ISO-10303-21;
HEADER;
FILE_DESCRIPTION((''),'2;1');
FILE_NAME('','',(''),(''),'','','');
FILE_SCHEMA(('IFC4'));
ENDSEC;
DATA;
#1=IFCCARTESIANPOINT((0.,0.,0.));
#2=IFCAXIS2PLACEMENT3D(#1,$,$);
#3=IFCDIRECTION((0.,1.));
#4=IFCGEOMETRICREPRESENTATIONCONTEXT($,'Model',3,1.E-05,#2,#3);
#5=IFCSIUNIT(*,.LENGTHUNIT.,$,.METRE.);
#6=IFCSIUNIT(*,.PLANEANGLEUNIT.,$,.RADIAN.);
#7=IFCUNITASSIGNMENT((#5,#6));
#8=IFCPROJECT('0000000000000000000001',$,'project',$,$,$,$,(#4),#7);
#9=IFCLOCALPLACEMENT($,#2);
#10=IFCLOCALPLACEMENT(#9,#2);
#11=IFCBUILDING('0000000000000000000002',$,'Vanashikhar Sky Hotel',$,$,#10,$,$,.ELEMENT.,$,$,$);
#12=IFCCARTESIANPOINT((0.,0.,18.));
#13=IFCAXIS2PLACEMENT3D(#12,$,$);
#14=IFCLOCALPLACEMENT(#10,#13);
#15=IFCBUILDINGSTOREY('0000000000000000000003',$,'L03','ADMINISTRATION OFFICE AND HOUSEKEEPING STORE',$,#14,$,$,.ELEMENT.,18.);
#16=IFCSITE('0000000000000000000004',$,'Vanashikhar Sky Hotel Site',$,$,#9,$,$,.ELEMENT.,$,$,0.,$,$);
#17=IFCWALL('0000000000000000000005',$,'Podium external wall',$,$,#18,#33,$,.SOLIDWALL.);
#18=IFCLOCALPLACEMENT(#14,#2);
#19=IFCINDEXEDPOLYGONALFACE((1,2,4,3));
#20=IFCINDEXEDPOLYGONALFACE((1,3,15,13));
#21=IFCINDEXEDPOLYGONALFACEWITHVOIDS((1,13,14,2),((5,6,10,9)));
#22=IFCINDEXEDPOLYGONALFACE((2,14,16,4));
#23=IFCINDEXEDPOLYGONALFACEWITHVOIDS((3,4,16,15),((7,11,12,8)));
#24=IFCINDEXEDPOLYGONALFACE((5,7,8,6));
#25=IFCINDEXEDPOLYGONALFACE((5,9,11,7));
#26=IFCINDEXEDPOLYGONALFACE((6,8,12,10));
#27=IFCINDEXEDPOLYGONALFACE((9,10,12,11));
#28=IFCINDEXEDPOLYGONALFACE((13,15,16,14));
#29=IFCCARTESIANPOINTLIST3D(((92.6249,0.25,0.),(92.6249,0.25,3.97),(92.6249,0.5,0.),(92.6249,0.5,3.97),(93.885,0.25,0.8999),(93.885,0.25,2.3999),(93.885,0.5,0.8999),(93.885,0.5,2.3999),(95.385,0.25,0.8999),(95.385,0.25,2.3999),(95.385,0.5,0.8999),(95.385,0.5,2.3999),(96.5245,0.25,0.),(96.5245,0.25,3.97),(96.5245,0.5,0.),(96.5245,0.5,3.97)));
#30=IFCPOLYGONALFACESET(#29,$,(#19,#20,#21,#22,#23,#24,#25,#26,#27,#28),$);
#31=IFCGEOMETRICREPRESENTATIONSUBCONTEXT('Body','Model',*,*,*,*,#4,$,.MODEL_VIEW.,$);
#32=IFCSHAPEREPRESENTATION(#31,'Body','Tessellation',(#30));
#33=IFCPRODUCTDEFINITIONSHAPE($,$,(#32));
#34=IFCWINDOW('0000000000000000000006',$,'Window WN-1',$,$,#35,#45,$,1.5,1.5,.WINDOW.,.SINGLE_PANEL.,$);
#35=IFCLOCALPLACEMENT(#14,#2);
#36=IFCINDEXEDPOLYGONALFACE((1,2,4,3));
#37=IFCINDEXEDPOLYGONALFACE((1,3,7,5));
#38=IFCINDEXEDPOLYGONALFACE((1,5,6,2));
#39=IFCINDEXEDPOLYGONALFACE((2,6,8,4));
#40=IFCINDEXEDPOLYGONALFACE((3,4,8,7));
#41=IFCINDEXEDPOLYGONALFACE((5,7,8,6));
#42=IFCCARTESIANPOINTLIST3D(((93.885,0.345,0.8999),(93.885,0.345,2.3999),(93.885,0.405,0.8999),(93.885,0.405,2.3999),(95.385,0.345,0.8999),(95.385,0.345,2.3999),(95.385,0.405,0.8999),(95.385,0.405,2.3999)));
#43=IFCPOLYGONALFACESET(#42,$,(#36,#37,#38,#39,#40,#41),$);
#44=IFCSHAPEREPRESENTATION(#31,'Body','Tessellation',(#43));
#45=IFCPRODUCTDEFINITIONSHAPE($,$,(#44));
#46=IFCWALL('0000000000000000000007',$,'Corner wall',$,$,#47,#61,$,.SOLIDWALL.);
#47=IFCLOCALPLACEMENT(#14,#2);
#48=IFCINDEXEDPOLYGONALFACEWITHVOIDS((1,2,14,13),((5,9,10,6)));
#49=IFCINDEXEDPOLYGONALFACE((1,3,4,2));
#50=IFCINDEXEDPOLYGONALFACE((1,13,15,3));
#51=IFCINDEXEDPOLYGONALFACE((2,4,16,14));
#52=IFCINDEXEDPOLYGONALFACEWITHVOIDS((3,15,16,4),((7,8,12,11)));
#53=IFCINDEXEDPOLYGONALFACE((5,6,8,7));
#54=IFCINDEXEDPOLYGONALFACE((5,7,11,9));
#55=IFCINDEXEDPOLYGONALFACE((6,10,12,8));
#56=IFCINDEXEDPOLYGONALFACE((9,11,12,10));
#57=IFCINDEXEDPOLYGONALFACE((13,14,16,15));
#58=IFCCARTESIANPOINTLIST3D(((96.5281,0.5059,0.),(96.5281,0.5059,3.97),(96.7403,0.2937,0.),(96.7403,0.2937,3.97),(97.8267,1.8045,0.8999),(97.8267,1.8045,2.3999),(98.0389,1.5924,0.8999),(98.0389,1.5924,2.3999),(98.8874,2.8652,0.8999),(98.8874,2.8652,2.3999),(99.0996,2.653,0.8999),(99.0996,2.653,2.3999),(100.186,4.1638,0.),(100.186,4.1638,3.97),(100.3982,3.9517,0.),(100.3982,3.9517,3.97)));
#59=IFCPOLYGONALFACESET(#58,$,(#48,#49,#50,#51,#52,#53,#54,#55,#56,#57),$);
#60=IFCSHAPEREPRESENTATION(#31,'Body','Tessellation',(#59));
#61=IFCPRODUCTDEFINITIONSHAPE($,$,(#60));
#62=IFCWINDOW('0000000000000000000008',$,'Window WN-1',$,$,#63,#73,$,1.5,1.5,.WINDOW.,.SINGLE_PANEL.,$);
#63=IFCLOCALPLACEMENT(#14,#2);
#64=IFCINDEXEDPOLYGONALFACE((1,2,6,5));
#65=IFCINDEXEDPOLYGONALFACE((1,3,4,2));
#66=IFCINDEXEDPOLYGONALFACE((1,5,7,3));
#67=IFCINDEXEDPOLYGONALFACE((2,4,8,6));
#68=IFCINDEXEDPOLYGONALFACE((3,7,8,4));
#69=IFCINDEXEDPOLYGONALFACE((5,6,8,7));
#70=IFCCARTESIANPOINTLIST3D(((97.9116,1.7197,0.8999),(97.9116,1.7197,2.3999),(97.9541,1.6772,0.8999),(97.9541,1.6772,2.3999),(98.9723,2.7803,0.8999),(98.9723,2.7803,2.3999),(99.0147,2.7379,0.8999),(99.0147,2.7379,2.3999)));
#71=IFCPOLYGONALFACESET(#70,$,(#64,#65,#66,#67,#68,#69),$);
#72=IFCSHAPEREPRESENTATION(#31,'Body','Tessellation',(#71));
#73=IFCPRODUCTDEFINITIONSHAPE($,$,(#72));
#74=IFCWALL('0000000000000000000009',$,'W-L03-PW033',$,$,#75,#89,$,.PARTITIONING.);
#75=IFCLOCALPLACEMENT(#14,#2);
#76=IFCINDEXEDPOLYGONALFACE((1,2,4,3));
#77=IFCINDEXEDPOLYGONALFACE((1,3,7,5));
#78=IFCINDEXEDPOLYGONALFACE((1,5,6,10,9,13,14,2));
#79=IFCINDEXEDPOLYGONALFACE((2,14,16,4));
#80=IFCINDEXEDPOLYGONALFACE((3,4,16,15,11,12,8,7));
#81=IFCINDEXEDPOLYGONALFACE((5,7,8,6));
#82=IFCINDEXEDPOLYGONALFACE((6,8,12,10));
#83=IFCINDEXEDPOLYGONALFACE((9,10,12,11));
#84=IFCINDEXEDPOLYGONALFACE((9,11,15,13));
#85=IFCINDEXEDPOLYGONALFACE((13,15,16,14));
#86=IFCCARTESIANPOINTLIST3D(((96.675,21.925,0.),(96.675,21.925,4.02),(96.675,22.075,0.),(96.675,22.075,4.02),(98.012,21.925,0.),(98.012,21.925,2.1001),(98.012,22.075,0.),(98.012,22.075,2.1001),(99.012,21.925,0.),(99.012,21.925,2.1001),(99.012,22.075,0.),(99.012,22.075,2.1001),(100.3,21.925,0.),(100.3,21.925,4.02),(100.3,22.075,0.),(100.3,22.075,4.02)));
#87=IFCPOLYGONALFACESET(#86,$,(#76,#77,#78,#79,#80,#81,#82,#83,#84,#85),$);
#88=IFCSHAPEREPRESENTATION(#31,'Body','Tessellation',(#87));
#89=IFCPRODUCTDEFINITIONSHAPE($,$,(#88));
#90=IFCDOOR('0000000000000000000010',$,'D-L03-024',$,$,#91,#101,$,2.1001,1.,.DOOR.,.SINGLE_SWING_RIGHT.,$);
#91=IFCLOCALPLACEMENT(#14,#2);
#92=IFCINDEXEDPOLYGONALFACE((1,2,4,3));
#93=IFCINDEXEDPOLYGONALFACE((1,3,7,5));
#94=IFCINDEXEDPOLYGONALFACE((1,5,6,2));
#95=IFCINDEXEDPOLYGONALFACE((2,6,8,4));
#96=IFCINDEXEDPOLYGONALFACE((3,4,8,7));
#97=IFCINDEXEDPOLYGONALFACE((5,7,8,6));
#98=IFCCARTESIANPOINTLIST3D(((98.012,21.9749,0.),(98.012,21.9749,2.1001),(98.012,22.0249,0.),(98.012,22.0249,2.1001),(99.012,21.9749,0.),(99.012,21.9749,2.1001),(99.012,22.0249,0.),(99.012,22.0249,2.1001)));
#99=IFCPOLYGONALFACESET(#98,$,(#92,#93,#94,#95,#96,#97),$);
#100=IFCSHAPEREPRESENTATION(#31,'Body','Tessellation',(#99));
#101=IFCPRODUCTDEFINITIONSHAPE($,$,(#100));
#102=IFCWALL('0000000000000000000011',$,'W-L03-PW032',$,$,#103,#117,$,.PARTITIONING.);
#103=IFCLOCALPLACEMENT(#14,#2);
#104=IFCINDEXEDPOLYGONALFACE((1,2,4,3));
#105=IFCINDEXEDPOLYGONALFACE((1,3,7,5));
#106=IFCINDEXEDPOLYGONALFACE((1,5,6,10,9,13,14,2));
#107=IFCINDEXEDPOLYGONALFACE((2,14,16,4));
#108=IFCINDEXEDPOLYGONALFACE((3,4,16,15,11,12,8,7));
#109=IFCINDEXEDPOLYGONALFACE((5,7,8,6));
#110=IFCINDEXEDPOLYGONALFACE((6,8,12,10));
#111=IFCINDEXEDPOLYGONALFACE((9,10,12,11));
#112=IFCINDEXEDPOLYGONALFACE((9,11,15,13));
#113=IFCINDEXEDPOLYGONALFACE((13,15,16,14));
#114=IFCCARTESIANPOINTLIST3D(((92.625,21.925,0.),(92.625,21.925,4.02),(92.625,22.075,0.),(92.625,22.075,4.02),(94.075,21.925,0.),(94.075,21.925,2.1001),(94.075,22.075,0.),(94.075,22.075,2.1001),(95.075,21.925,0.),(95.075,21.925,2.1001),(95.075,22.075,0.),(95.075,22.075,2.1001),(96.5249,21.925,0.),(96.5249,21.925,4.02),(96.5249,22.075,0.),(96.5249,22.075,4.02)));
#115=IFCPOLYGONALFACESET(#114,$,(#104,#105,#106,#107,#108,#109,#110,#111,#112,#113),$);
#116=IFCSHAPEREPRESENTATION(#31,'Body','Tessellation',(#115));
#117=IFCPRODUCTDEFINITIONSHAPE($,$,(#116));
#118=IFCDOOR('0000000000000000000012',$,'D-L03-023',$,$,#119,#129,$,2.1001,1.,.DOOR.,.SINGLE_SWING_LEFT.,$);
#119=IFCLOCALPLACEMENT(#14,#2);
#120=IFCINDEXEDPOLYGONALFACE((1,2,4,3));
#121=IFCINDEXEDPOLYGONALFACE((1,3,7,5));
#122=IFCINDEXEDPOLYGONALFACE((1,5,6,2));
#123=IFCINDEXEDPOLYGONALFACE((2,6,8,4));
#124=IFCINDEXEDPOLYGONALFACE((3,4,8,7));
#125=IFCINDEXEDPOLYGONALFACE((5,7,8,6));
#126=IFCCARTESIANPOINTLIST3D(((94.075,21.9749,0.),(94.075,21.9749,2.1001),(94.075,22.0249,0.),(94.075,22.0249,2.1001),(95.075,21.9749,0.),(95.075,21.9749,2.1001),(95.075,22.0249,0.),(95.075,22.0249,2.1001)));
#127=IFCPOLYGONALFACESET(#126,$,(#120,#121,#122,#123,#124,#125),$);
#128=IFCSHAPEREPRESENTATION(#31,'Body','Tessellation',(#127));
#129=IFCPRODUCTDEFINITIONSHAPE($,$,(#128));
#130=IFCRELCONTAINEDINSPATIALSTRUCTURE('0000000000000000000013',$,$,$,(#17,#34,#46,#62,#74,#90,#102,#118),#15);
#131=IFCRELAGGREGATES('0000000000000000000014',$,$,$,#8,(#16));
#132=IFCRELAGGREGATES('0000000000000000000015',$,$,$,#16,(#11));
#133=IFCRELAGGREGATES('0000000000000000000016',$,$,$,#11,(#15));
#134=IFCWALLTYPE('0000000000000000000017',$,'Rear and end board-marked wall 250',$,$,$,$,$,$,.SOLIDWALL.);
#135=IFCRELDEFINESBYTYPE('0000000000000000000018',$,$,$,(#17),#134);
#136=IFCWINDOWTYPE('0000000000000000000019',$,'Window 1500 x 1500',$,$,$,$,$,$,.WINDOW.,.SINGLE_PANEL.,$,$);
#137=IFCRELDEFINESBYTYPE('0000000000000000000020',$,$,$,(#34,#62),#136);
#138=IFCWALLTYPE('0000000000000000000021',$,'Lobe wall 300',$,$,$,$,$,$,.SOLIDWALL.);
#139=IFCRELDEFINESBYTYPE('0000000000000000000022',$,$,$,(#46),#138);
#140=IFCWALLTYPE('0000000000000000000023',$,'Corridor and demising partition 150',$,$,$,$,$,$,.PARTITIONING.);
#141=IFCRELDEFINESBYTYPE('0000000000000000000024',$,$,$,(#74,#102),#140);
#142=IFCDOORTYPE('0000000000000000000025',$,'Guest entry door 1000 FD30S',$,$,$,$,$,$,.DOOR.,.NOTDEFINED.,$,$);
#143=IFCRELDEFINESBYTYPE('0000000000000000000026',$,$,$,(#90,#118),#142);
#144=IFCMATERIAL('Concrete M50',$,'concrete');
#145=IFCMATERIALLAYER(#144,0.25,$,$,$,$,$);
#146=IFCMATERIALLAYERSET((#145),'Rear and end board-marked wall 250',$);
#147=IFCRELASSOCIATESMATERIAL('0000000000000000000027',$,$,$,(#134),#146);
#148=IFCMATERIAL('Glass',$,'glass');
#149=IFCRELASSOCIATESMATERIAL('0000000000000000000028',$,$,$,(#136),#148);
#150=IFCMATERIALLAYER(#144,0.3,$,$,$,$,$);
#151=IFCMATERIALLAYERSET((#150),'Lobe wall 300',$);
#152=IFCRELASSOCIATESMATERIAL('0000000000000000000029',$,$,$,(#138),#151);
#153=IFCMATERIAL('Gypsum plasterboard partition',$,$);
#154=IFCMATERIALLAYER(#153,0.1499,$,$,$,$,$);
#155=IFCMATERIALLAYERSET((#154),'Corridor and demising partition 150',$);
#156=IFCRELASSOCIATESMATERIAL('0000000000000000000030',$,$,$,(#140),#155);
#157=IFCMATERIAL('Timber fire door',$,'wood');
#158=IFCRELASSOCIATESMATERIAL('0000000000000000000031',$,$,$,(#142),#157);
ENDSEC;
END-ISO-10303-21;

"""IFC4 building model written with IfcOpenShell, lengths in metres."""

from ifc_helpers import new_model, si_unit, direction, frame, frame_2d, origin, place, context, subcontext, project, spatial, rectangle, extrude, source, transform, mapped, material, layer, layer_set, type_object, element, fill, save


model = new_model("IFC4")

# Units and contexts
model_context = context("Model", 3, precision=1e-05, world=origin(), true_north=direction((0.0, 1.0)))
body_context = subcontext(model_context, "Body", "Model", "MODEL_VIEW")
ifc_project = project(units=[si_unit("LENGTHUNIT", "METRE"), si_unit("PLANEANGLEUNIT", "RADIAN")], contexts=[model_context])

# Site, building, storey
site_placement = place(None, origin())
site = spatial("IfcSite", under=ifc_project, at=site_placement, Name="Vanashikhar Sky Hotel Site", CompositionType="ELEMENT", RefElevation=0.0)
building_placement = place(site_placement, origin())
building = spatial("IfcBuilding", under=site, at=building_placement, Name="Vanashikhar Sky Hotel", CompositionType="ELEMENT")
storey_placement = place(building_placement, frame((0.0, 0.0, 18.0)))
storey = spatial("IfcBuildingStorey", under=building, at=storey_placement, Name="L03", Description="ADMINISTRATION OFFICE AND HOUSEKEEPING STORE", CompositionType="ELEMENT", Elevation=18.0)

# Shared definitions
ifc_material_1 = material(Name="Concrete M50", Category="concrete")

# Walls, openings, windows
ifc_layer_1 = layer(ifc_material_1, 0.25)
ifc_layer_set_1 = layer_set([ifc_layer_1], Name="Rear and end board-marked wall 250")
wall_type_1 = type_object("IfcWallType", Name="Rear and end board-marked wall 250", PredefinedType="SOLIDWALL", material=ifc_layer_set_1)
shared_shape_1 = source(origin(), body_context, "Body", "SweptSolid", [
    extrude(rectangle(XDim=1.5, YDim=1.5, at=frame_2d((0.75, 0.75))), frame((0.0, 0.135, 0.0), z_axis=(0.0, -1.0, 0.0), x_axis=(1.0, 0.0, 0.0)), (0.0, 0.0, 1.0), 0.27),
])
ifc_material_2 = material(Name="Glass", Category="glass")
window_type = type_object("IfcWindowType", Name="Window 1500 x 1500", PartitioningType="SINGLE_PANEL", PredefinedType="WINDOW", material=ifc_material_2)
shared_shape_2 = source(origin(), body_context, "Body", "SweptSolid", [
    extrude(rectangle(XDim=1.5, YDim=1.5, at=frame_2d((0.75, 0.75))), frame((0.0, 0.03, 0.0), z_axis=(0.0, -1.0, 0.0), x_axis=(1.0, 0.0, 0.0)), (0.0, 0.0, 1.0), 0.0601),
])
shared_shape_3 = source(origin(), body_context, "Body", "SweptSolid", [
    extrude(rectangle(XDim=3.8997, YDim=0.25, at=frame_2d((1.9497, 0.0))), origin(), (0.0, 0.0, 1.0), 3.97),
])
wall_1_placement = place(storey_placement, frame((92.625, 0.375, 0.0), z_axis=(0.0, 0.0, 1.0), x_axis=(1.0, 0.0, 0.0)))
wall_1 = element("IfcWall", 1, at=wall_1_placement, inside=storey, type_object=wall_type_1, Name="Podium external wall", PredefinedType="SOLIDWALL", context=body_context, shape_type="MappedRepresentation", body=[
    mapped(shared_shape_3, transform((0.0, 0.0, 0.0), scale=1.0)),
])
opening_1_placement = place(wall_1_placement, frame((1.26, 0.0, 0.8999)))
opening_1 = element("IfcOpeningElement", 2, at=opening_1_placement, cuts=wall_1, PredefinedType="OPENING", context=body_context, shape_type="MappedRepresentation", body=[
    mapped(shared_shape_1, transform((0.0, 0.0, 0.0), scale=1.0)),
])
window_1_placement = place(opening_1_placement, origin())
window_1 = element("IfcWindow", 3, at=window_1_placement, inside=storey, type_object=window_type, Name="Window WN-1", OverallHeight=1.5, OverallWidth=1.5, PartitioningType="SINGLE_PANEL", PredefinedType="WINDOW", context=body_context, shape_type="MappedRepresentation", body=[
    mapped(shared_shape_2, transform((0.0, 0.0, 0.0), scale=1.0)),
])
fill(opening_1, window_1)
ifc_layer_2 = layer(ifc_material_1, 0.3)
ifc_layer_set_2 = layer_set([ifc_layer_2], Name="Lobe wall 300")
wall_type_2 = type_object("IfcWallType", Name="Lobe wall 300", PredefinedType="SOLIDWALL", material=ifc_layer_set_2)
shared_shape_4 = source(origin(), body_context, "Body", "SweptSolid", [
    extrude(rectangle(XDim=5.1731, YDim=0.3, at=frame_2d((2.5864, 0.0))), origin(), (0.0, 0.0, 1.0), 3.97),
])
wall_2_placement = place(storey_placement, frame((96.6343, 0.3999, 0.0), z_axis=(0.0, 0.0, 1.0), x_axis=(0.707107, 0.707107, 0.0)))
wall_2 = element("IfcWall", 4, at=wall_2_placement, inside=storey, type_object=wall_type_2, Name="Corner wall", PredefinedType="SOLIDWALL", context=body_context, shape_type="MappedRepresentation", body=[
    mapped(shared_shape_4, transform((0.0, 0.0, 0.0), scale=1.0)),
])
shared_shape_5 = source(origin(), body_context, "Body", "SweptSolid", [
    extrude(rectangle(XDim=1.5, YDim=1.5, at=frame_2d((0.75, 0.75))), frame((0.0, 0.1602, 0.0), z_axis=(0.0, -1.0, 0.0), x_axis=(1.0, 0.0, 0.0)), (0.0, 0.0, 1.0), 0.3201),
])
opening_2_placement = place(wall_2_placement, frame((1.8364, 0.0, 0.8999)))
opening_2 = element("IfcOpeningElement", 5, at=opening_2_placement, cuts=wall_2, PredefinedType="OPENING", context=body_context, shape_type="MappedRepresentation", body=[
    mapped(shared_shape_5, transform((0.0, 0.0, 0.0), scale=1.0)),
])
window_2_placement = place(opening_2_placement, origin())
window_2 = element("IfcWindow", 6, at=window_2_placement, inside=storey, type_object=window_type, Name="Window WN-1", OverallHeight=1.5, OverallWidth=1.5, PartitioningType="SINGLE_PANEL", PredefinedType="WINDOW", context=body_context, shape_type="MappedRepresentation", body=[
    mapped(shared_shape_2, transform((0.0, 0.0, 0.0), scale=1.0)),
])
fill(opening_2, window_2)

# Walls, openings, doors
ifc_material_3 = material(Name="Gypsum plasterboard partition")
ifc_layer_3 = layer(ifc_material_3, 0.1499)
ifc_layer_set_3 = layer_set([ifc_layer_3], Name="Corridor and demising partition 150")
wall_type_3 = type_object("IfcWallType", Name="Corridor and demising partition 150", PredefinedType="PARTITIONING", material=ifc_layer_set_3)
shared_shape_6 = source(origin(), body_context, "Body", "SweptSolid", [
    extrude(rectangle(XDim=3.625, YDim=0.1499, at=frame_2d((1.8125, 0.0))), origin(), (0.0, 0.0, 1.0), 4.02),
])
wall_3_placement = place(storey_placement, frame((96.675, 22.0, 0.0), z_axis=(0.0, 0.0, 1.0), x_axis=(1.0, 0.0, 0.0)))
wall_3 = element("IfcWall", 7, at=wall_3_placement, inside=storey, type_object=wall_type_3, Name="W-L03-PW033", PredefinedType="PARTITIONING", context=body_context, shape_type="MappedRepresentation", body=[
    mapped(shared_shape_6, transform((0.0, 0.0, 0.0), scale=1.0)),
])
shared_shape_7 = source(origin(), body_context, "Body", "SweptSolid", [
    extrude(rectangle(XDim=1.0, YDim=2.1001, at=frame_2d((0.5, 1.05))), frame((0.0, 0.085, 0.0), z_axis=(0.0, -1.0, 0.0), x_axis=(1.0, 0.0, 0.0)), (0.0, 0.0, 1.0), 0.1699),
])
opening_3_placement = place(wall_3_placement, frame((1.3369, 0.0, 0.0)))
opening_3 = element("IfcOpeningElement", 8, at=opening_3_placement, cuts=wall_3, PredefinedType="OPENING", context=body_context, shape_type="MappedRepresentation", body=[
    mapped(shared_shape_7, transform((0.0, 0.0, 0.0), scale=1.0)),
])
ifc_material_4 = material(Name="Timber fire door", Category="wood")
door_type_1 = type_object("IfcDoorType", Name="Guest entry door 1000 FD30S", OperationType="NOTDEFINED", PredefinedType="DOOR", material=ifc_material_4)
shared_shape_8 = source(origin(), body_context, "Body", "SweptSolid", [
    extrude(rectangle(XDim=1.0, YDim=2.1001, at=frame_2d((0.5, 1.05))), frame((0.0, 0.0249, 0.0), z_axis=(0.0, -1.0, 0.0), x_axis=(1.0, 0.0, 0.0)), (0.0, 0.0, 1.0), 0.05),
])
door_1_placement = place(opening_3_placement, origin())
door_1 = element("IfcDoor", 9, at=door_1_placement, inside=storey, type_object=door_type_1, Name="D-L03-024", OperationType="SINGLE_SWING_RIGHT", OverallHeight=2.1001, OverallWidth=1.0, PredefinedType="DOOR", context=body_context, shape_type="MappedRepresentation", body=[
    mapped(shared_shape_8, transform((0.0, 0.0, 0.0), scale=1.0)),
])
fill(opening_3, door_1)
shared_shape_9 = source(origin(), body_context, "Body", "SweptSolid", [
    extrude(rectangle(XDim=3.8999, YDim=0.1499, at=frame_2d((1.95, 0.0))), origin(), (0.0, 0.0, 1.0), 4.02),
])
wall_4_placement = place(storey_placement, frame((92.625, 22.0, 0.0), z_axis=(0.0, 0.0, 1.0), x_axis=(1.0, 0.0, 0.0)))
wall_4 = element("IfcWall", 10, at=wall_4_placement, inside=storey, type_object=wall_type_3, Name="W-L03-PW032", PredefinedType="PARTITIONING", context=body_context, shape_type="MappedRepresentation", body=[
    mapped(shared_shape_9, transform((0.0, 0.0, 0.0), scale=1.0)),
])
opening_4_placement = place(wall_4_placement, frame((1.45, 0.0, 0.0)))
opening_4 = element("IfcOpeningElement", 11, at=opening_4_placement, cuts=wall_4, PredefinedType="OPENING", context=body_context, shape_type="MappedRepresentation", body=[
    mapped(shared_shape_7, transform((0.0, 0.0, 0.0), scale=1.0)),
])
door_2_placement = place(opening_4_placement, origin())
door_2 = element("IfcDoor", 12, at=door_2_placement, inside=storey, type_object=door_type_1, Name="D-L03-023", OperationType="SINGLE_SWING_LEFT", OverallHeight=2.1001, OverallWidth=1.0, PredefinedType="DOOR", context=body_context, shape_type="MappedRepresentation", body=[
    mapped(shared_shape_8, transform((0.0, 0.0, 0.0), scale=1.0)),
])
fill(opening_4, door_2)

save(model, "model.ifc")
